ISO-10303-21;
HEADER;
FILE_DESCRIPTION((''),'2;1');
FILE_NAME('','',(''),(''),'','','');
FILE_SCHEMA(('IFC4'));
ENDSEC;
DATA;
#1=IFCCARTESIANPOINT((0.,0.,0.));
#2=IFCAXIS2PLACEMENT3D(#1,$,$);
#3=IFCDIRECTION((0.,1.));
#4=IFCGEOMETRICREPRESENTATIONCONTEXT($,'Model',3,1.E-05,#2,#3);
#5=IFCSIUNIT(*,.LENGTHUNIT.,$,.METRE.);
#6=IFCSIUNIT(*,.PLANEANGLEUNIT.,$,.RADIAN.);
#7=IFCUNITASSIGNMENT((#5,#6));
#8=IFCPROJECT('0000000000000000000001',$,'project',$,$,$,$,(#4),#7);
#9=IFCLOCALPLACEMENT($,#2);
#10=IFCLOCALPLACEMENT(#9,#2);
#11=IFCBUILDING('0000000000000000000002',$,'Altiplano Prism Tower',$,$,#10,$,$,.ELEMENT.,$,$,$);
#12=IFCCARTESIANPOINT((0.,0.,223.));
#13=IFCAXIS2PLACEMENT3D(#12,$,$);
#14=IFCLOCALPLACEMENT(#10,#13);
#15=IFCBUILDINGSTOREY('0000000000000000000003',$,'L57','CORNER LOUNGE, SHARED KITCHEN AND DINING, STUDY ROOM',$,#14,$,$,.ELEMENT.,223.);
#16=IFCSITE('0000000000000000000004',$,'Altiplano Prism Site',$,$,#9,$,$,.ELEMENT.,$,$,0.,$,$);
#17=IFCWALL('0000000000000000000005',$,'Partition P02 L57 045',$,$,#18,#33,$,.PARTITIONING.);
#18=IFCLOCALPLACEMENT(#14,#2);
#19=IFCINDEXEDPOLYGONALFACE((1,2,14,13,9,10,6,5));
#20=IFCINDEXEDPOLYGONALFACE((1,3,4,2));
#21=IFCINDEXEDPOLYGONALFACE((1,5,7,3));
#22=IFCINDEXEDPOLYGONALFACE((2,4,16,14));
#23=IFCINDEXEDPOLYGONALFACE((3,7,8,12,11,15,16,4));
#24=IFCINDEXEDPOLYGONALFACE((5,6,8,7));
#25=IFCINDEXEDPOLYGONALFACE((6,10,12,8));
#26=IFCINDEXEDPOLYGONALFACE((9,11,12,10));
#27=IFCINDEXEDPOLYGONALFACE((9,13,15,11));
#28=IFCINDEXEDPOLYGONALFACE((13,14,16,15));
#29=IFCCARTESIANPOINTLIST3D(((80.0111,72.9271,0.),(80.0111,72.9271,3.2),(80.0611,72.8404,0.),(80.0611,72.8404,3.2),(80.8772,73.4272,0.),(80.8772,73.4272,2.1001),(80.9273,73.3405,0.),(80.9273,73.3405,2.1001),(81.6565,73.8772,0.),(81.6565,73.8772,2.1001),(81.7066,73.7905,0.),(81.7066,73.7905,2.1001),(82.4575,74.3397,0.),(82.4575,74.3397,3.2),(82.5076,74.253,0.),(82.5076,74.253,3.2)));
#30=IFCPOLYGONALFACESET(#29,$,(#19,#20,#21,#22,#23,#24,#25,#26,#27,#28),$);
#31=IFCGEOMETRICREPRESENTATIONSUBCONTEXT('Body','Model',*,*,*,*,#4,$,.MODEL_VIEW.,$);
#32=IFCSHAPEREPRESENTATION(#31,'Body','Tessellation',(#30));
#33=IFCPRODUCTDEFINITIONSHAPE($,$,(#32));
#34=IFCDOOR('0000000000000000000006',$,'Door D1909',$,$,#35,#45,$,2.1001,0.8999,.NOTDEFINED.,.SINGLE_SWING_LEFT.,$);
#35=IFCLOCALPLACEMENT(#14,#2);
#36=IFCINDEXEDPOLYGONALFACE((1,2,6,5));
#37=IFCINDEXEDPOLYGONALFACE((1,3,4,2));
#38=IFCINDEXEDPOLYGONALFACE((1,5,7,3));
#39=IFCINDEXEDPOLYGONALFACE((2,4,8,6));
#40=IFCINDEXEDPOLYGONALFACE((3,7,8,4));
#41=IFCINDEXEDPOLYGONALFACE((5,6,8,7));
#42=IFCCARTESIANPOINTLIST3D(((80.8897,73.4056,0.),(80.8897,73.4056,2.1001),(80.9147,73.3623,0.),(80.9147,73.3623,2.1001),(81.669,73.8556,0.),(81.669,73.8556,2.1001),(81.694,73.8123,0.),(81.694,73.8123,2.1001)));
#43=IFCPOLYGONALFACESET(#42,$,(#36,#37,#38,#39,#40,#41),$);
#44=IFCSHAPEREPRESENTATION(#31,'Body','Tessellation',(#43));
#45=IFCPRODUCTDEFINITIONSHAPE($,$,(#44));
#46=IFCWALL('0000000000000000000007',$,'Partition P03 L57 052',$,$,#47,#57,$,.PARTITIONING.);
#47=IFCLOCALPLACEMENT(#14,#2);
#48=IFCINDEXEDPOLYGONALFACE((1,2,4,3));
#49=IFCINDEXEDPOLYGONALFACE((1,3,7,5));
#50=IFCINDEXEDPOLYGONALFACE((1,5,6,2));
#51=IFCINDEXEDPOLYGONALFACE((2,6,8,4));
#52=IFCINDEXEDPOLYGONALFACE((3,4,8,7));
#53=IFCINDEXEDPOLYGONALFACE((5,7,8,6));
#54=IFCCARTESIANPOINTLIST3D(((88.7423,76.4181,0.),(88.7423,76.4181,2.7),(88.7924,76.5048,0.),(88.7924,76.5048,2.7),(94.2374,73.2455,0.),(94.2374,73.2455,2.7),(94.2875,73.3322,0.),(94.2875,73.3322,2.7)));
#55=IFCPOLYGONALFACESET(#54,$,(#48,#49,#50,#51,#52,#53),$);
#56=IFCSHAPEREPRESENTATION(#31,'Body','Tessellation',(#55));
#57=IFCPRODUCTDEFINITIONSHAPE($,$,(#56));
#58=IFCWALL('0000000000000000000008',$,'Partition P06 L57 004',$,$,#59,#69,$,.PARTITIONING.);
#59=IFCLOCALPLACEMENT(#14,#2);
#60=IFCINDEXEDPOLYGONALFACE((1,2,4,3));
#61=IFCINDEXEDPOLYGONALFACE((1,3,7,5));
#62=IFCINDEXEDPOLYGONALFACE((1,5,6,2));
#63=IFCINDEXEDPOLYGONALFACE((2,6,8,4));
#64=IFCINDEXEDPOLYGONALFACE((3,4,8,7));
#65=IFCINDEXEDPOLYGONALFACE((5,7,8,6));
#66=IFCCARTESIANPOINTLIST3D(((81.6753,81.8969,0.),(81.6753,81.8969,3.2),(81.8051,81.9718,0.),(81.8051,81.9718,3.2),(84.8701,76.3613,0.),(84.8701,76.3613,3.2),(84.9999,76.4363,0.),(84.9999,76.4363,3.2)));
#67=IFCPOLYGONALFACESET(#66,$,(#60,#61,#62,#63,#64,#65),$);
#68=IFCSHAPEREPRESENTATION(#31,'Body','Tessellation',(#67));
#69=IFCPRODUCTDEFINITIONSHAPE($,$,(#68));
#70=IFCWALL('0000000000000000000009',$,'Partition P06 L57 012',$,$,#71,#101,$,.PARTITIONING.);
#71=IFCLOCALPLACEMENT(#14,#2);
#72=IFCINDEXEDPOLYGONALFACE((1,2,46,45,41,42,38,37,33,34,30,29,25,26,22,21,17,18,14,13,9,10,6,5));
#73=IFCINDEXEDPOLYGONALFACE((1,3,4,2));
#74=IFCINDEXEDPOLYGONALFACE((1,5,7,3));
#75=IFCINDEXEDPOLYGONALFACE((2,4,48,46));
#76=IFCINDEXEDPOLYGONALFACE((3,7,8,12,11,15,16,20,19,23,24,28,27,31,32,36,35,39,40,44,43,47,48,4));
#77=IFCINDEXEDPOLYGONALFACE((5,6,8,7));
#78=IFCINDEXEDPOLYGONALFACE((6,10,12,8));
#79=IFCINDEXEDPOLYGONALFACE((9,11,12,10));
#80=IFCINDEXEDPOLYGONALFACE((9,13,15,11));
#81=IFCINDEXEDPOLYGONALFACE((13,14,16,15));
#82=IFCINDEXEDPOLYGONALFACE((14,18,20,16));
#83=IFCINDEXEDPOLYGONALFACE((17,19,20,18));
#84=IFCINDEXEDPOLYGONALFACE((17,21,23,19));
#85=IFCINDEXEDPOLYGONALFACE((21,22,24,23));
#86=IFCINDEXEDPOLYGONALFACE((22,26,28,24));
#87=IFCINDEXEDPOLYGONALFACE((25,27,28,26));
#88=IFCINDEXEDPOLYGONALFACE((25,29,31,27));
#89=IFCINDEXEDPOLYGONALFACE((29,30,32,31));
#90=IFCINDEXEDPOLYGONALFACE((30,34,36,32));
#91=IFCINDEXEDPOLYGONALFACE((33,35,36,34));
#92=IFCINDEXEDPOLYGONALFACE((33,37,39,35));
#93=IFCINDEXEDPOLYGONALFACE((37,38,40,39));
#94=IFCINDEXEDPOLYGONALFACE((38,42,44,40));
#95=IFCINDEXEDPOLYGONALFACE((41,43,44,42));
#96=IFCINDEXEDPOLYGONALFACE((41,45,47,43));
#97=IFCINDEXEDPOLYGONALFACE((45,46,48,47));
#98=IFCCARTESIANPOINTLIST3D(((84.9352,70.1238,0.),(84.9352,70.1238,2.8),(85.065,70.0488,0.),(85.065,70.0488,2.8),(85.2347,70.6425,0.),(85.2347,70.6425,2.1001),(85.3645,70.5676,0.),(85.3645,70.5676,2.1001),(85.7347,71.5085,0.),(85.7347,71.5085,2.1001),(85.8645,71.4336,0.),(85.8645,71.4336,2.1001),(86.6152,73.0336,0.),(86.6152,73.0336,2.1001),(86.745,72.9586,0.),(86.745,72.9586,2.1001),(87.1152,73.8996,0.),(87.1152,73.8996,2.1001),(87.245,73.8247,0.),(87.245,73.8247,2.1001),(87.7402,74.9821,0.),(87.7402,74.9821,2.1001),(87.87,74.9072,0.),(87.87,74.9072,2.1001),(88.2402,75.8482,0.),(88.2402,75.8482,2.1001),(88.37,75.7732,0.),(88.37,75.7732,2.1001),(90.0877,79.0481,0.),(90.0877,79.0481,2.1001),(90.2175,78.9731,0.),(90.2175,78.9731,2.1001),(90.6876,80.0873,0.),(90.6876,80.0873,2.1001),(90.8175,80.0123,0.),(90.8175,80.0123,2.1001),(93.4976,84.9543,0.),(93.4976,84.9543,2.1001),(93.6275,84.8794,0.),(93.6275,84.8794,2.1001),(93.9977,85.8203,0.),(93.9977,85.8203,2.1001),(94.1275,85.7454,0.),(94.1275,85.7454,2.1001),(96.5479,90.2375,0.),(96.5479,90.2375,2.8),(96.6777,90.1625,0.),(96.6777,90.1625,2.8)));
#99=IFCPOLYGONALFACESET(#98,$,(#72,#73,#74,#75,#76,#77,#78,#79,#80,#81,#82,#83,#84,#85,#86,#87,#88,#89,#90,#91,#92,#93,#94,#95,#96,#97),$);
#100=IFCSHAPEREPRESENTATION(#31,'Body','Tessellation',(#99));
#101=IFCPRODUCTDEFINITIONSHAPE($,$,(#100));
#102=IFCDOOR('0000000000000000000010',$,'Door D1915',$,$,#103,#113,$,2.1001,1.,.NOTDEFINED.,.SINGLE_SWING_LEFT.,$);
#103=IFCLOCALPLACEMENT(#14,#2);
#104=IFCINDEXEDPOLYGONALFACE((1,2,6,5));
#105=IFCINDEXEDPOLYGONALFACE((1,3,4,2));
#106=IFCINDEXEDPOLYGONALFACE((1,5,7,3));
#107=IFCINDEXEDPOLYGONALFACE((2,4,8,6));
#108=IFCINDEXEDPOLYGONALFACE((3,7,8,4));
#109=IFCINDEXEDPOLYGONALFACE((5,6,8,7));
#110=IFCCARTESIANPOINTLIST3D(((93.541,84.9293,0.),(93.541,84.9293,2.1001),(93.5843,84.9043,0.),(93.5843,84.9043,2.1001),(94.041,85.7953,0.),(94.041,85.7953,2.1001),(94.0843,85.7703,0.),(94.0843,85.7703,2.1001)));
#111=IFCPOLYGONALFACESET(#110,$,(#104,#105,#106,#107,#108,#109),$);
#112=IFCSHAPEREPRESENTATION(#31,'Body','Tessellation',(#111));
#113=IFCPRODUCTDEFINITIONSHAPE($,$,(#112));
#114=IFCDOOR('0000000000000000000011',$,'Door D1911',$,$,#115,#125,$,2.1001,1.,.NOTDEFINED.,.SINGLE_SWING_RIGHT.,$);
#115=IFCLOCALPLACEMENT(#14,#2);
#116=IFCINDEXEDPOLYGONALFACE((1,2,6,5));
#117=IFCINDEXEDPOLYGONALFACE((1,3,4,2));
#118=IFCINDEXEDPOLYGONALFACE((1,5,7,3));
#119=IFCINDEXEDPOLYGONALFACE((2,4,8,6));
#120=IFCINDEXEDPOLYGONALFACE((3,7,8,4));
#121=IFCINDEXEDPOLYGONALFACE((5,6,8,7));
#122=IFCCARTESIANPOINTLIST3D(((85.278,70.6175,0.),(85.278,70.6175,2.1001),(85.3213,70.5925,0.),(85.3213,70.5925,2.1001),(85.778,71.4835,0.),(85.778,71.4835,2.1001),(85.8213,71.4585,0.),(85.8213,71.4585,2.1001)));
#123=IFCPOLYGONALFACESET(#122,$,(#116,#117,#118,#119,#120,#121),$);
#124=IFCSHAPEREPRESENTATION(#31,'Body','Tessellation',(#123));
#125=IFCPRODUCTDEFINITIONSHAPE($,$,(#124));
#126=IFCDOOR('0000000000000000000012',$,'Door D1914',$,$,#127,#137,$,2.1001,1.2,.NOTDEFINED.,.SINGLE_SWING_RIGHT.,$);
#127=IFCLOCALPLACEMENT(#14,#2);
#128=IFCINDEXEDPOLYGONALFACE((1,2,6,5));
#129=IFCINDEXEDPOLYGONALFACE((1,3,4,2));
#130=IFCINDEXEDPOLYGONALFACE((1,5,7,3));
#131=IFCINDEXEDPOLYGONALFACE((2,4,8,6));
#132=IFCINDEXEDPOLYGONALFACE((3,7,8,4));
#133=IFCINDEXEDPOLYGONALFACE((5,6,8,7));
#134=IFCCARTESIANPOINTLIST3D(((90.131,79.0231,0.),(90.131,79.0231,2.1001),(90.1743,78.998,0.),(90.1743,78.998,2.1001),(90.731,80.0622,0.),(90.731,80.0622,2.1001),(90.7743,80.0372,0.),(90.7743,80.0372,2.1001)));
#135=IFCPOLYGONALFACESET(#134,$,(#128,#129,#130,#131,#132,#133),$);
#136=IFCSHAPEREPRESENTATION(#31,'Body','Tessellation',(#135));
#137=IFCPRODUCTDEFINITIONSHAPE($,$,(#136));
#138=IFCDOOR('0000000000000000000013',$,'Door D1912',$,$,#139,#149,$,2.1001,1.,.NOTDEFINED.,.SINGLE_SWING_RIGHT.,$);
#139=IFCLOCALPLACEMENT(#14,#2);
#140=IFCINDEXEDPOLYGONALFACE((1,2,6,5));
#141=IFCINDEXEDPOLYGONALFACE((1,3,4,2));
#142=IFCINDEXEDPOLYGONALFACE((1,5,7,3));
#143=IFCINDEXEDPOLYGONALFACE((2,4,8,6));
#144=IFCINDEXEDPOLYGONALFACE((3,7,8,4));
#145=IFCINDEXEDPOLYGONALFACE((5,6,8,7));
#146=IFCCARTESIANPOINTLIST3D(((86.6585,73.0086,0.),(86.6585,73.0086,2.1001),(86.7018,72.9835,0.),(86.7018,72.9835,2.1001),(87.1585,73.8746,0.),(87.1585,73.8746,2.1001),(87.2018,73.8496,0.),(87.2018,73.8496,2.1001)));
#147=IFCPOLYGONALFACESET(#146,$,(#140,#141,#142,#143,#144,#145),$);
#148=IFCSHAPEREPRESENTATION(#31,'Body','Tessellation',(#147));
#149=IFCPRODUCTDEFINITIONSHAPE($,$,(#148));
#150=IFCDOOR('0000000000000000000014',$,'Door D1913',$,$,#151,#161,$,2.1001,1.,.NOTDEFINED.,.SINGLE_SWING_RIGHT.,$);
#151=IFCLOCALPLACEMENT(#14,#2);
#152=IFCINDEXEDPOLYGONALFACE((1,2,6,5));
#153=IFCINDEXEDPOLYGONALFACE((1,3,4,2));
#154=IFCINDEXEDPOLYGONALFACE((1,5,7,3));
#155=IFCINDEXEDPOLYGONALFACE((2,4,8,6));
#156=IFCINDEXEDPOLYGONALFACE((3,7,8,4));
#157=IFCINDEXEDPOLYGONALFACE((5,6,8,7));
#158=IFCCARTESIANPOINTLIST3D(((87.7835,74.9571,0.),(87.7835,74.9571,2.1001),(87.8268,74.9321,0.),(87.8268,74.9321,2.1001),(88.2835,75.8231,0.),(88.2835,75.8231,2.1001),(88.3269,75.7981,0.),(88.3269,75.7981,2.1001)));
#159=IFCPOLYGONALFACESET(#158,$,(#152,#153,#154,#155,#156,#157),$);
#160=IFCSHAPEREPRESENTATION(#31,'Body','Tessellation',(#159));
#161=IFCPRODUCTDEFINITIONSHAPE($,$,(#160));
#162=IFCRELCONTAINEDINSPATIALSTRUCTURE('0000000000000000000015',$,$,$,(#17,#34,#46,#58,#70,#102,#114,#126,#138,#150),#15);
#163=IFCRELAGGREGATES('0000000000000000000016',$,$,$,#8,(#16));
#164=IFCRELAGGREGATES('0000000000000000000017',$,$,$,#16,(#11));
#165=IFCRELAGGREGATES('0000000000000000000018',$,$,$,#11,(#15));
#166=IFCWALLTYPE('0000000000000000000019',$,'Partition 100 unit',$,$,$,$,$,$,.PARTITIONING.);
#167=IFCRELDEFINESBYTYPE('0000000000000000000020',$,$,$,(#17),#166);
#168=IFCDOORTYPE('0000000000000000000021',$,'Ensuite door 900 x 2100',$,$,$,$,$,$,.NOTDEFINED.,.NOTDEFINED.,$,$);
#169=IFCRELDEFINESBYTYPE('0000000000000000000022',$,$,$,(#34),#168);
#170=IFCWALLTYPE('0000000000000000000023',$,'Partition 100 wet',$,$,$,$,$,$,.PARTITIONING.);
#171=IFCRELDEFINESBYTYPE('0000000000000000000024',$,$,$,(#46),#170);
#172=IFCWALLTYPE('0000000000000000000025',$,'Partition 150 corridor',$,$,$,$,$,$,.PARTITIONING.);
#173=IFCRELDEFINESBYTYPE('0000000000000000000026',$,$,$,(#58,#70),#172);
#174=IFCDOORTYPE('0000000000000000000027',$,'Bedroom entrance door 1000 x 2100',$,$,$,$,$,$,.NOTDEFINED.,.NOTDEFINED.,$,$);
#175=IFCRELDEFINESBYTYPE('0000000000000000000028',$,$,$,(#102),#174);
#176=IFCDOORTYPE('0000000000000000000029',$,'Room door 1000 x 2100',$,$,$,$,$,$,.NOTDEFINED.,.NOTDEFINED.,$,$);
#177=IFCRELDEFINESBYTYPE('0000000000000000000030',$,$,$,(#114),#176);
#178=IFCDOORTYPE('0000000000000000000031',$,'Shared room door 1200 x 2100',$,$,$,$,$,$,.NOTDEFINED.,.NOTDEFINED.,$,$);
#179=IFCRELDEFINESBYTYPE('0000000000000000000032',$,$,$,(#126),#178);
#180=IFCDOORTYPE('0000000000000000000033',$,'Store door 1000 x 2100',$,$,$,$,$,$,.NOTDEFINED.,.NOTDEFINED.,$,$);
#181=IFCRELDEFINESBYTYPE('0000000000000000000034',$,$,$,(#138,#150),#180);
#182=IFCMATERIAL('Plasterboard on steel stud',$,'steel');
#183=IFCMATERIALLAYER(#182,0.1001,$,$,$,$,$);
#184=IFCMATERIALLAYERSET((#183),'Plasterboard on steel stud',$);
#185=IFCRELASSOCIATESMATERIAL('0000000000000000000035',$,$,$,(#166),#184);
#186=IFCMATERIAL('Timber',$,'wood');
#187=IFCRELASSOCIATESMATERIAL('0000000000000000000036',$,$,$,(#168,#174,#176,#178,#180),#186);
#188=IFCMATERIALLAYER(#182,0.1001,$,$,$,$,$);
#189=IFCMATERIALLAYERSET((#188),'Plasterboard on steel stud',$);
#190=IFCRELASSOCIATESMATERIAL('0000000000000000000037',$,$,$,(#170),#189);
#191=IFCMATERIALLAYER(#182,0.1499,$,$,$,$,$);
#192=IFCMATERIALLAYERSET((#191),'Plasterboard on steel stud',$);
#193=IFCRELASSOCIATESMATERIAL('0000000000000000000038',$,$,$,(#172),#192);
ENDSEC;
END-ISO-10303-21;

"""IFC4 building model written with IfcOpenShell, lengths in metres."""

from ifc_helpers import new_model, si_unit, direction, frame, frame_2d, origin, place, context, subcontext, project, spatial, rectangle, extrude, material, layer, layer_set, type_object, element, fill, save


model = new_model("IFC4")

# Units and contexts
model_context = context("Model", 3, precision=1e-05, world=origin(), true_north=direction((0.0, 1.0)))
body_context = subcontext(model_context, "Body", "Model", "MODEL_VIEW")
ifc_project = project(units=[si_unit("LENGTHUNIT", "METRE"), si_unit("PLANEANGLEUNIT", "RADIAN")], contexts=[model_context])

# Site, building, storey
site_placement = place(None, origin())
site = spatial("IfcSite", under=ifc_project, at=site_placement, Name="Altiplano Prism Site", CompositionType="ELEMENT", RefElevation=0.0)
building_placement = place(site_placement, origin())
building = spatial("IfcBuilding", under=site, at=building_placement, Name="Altiplano Prism Tower", CompositionType="ELEMENT")
storey_placement = place(building_placement, frame((0.0, 0.0, 223.0)))
storey = spatial("IfcBuildingStorey", under=building, at=storey_placement, Name="L57", Description="CORNER LOUNGE, SHARED KITCHEN AND DINING, STUDY ROOM", CompositionType="ELEMENT", Elevation=223.0)

# Wall, opening, door
ifc_material_1 = material(Name="Plasterboard on steel stud", Category="steel")
ifc_layer_1 = layer(ifc_material_1, 0.1001)
ifc_layer_set_1 = layer_set([ifc_layer_1], Name="Plasterboard on steel stud")
wall_type_1 = type_object("IfcWallType", Name="Partition 100 unit", PredefinedType="PARTITIONING", material=ifc_layer_set_1)
ifc_material_2 = material(Name="Timber", Category="wood")
door_type_1 = type_object("IfcDoorType", Name="Ensuite door 900 x 2100", OperationType="NOTDEFINED", PredefinedType="NOTDEFINED", material=ifc_material_2)
wall_1_placement = place(storey_placement, frame((82.4827, 74.2964, 0.0), z_axis=(0.0, 0.0, 1.0), x_axis=(-0.866011, -0.500024, 0.0)))
wall_1 = element("IfcWall", 1, at=wall_1_placement, inside=storey, type_object=wall_type_1, Name="Partition P02 L57 045", PredefinedType="PARTITIONING", context=body_context, shape_type="SweptSolid", body=[
    extrude(rectangle(XDim=2.825, YDim=0.1001, at=frame_2d((1.4126, 0.0))), origin(), (0.0, 0.0, 1.0), 3.2),
])
opening_1_placement = place(wall_1_placement, frame((0.925, 0.0, 0.0)))
opening_1 = element("IfcOpeningElement", 2, at=opening_1_placement, cuts=wall_1, PredefinedType="OPENING", context=body_context, shape_type="SweptSolid", body=[
    extrude(rectangle(XDim=0.8999, YDim=2.1001, at=frame_2d((0.45, 1.05))), frame((0.0, 0.0605, 0.0), z_axis=(0.0, -1.0, 0.0), x_axis=(1.0, 0.0, 0.0)), (0.0, 0.0, 1.0), 0.1211),
])
door_1_placement = place(opening_1_placement, origin())
door_1 = element("IfcDoor", 3, at=door_1_placement, inside=storey, type_object=door_type_1, Name="Door D1909", OperationType="SINGLE_SWING_LEFT", OverallHeight=2.1001, OverallWidth=0.8999, PredefinedType="NOTDEFINED", context=body_context, shape_type="SweptSolid", body=[
    extrude(rectangle(XDim=0.8999, YDim=2.1001, at=frame_2d((0.45, 1.05))), frame((0.0, 0.0249, 0.0), z_axis=(0.0, -1.0, 0.0), x_axis=(1.0, 0.0, 0.0)), (0.0, 0.0, 1.0), 0.05),
])
fill(opening_1, door_1)

# Walls
ifc_layer_2 = layer(ifc_material_1, 0.1001)
ifc_layer_set_2 = layer_set([ifc_layer_2], Name="Plasterboard on steel stud")
wall_type_2 = type_object("IfcWallType", Name="Partition 100 wet", PredefinedType="PARTITIONING", material=ifc_layer_set_2)
wall_2_placement = place(storey_placement, frame((94.2625, 73.2888, 0.0), z_axis=(0.0, 0.0, 1.0), x_axis=(-0.866025, 0.5, 0.0)))
element("IfcWall", 4, at=wall_2_placement, inside=storey, type_object=wall_type_2, Name="Partition P03 L57 052", PredefinedType="PARTITIONING", context=body_context, shape_type="SweptSolid", body=[
    extrude(rectangle(XDim=6.3452, YDim=0.1001, at=frame_2d((3.1726, 0.0))), origin(), (0.0, 0.0, 1.0), 2.7),
])
ifc_layer_3 = layer(ifc_material_1, 0.1499)
ifc_layer_set_3 = layer_set([ifc_layer_3], Name="Plasterboard on steel stud")
wall_type_3 = type_object("IfcWallType", Name="Partition 150 corridor", PredefinedType="PARTITIONING", material=ifc_layer_set_3)
wall_3_placement = place(storey_placement, frame((84.9351, 76.3987, 0.0), z_axis=(0.0, 0.0, 1.0), x_axis=(-0.499861, 0.866105, 0.0)))
element("IfcWall", 5, at=wall_3_placement, inside=storey, type_object=wall_type_3, Name="Partition P06 L57 004", PredefinedType="PARTITIONING", context=body_context, shape_type="SweptSolid", body=[
    extrude(rectangle(XDim=6.3914, YDim=0.1499, at=frame_2d((3.1958, 0.0))), origin(), (0.0, 0.0, 1.0), 3.2),
])

# Wall, openings, doors
wall_4_placement = place(storey_placement, frame((85.0, 70.0862, 0.0), z_axis=(0.0, 0.0, 1.0), x_axis=(0.500003, 0.866023, 0.0)))
wall_4 = element("IfcWall", 6, at=wall_4_placement, inside=storey, type_object=wall_type_3, Name="Partition P06 L57 012", PredefinedType="PARTITIONING", context=body_context, shape_type="SweptSolid", body=[
    extrude(rectangle(XDim=23.2253, YDim=0.1499, at=frame_2d((11.6128, 0.0))), origin(), (0.0, 0.0, 1.0), 2.8),
])
opening_2_placement = place(wall_4_placement, frame((0.5991, 0.0, 0.0)))
opening_2 = element("IfcOpeningElement", 7, at=opening_2_placement, cuts=wall_4, PredefinedType="OPENING", context=body_context, shape_type="SweptSolid", body=[
    extrude(rectangle(XDim=1.0, YDim=2.1001, at=frame_2d((0.5, 1.05))), frame((0.0, 0.0854, 0.0), z_axis=(0.0, -1.0, 0.0), x_axis=(1.0, 0.0, 0.0)), (0.0, 0.0, 1.0), 0.1709),
])
opening_3_placement = place(wall_4_placement, frame((3.3601, 0.0, 0.0)))
opening_3 = element("IfcOpeningElement", 8, at=opening_3_placement, cuts=wall_4, PredefinedType="OPENING", context=body_context, shape_type="SweptSolid", body=[
    extrude(rectangle(XDim=1.0, YDim=2.1001, at=frame_2d((0.5, 1.05))), frame((0.0, 0.0854, 0.0), z_axis=(0.0, -1.0, 0.0), x_axis=(1.0, 0.0, 0.0)), (0.0, 0.0, 1.0), 0.1709),
])
opening_4_placement = place(wall_4_placement, frame((5.6101, 0.0, 0.0)))
opening_4 = element("IfcOpeningElement", 9, at=opening_4_placement, cuts=wall_4, PredefinedType="OPENING", context=body_context, shape_type="SweptSolid", body=[
    extrude(rectangle(XDim=1.0, YDim=2.1001, at=frame_2d((0.5, 1.05))), frame((0.0, 0.0854, 0.0), z_axis=(0.0, -1.0, 0.0), x_axis=(1.0, 0.0, 0.0)), (0.0, 0.0, 1.0), 0.1709),
])
opening_5_placement = place(wall_4_placement, frame((10.3049, 0.0, 0.0)))
opening_5 = element("IfcOpeningElement", 10, at=opening_5_placement, cuts=wall_4, PredefinedType="OPENING", context=body_context, shape_type="SweptSolid", body=[
    extrude(rectangle(XDim=1.2, YDim=2.1001, at=frame_2d((0.6001, 1.05))), frame((0.0, 0.0854, 0.0), z_axis=(0.0, -1.0, 0.0), x_axis=(1.0, 0.0, 0.0)), (0.0, 0.0, 1.0), 0.1709),
])
opening_6_placement = place(wall_4_placement, frame((17.125, 0.0, 0.0)))
opening_6 = element("IfcOpeningElement", 11, at=opening_6_placement, cuts=wall_4, PredefinedType="OPENING", context=body_context, shape_type="SweptSolid", body=[
    extrude(rectangle(XDim=1.0, YDim=2.1001, at=frame_2d((0.5, 1.05))), frame((0.0, 0.0854, 0.0), z_axis=(0.0, -1.0, 0.0), x_axis=(1.0, 0.0, 0.0)), (0.0, 0.0, 1.0), 0.1709),
])
door_type_2 = type_object("IfcDoorType", Name="Bedroom entrance door 1000 x 2100", OperationType="NOTDEFINED", PredefinedType="NOTDEFINED", material=ifc_material_2)
door_2_placement = place(opening_6_placement, origin())
door_2 = element("IfcDoor", 12, at=door_2_placement, inside=storey, type_object=door_type_2, Name="Door D1915", OperationType="SINGLE_SWING_LEFT", OverallHeight=2.1001, OverallWidth=1.0, PredefinedType="NOTDEFINED", context=body_context, shape_type="SweptSolid", body=[
    extrude(rectangle(XDim=1.0, YDim=2.1001, at=frame_2d((0.5, 1.05))), frame((0.0, 0.0249, 0.0), z_axis=(0.0, -1.0, 0.0), x_axis=(1.0, 0.0, 0.0)), (0.0, 0.0, 1.0), 0.05),
])
fill(opening_6, door_2)
door_type_3 = type_object("IfcDoorType", Name="Room door 1000 x 2100", OperationType="NOTDEFINED", PredefinedType="NOTDEFINED", material=ifc_material_2)
door_3_placement = place(opening_2_placement, origin())
door_3 = element("IfcDoor", 13, at=door_3_placement, inside=storey, type_object=door_type_3, Name="Door D1911", OperationType="SINGLE_SWING_RIGHT", OverallHeight=2.1001, OverallWidth=1.0, PredefinedType="NOTDEFINED", context=body_context, shape_type="SweptSolid", body=[
    extrude(rectangle(XDim=1.0, YDim=2.1001, at=frame_2d((0.5, 1.05))), frame((0.0, 0.0249, 0.0), z_axis=(0.0, -1.0, 0.0), x_axis=(1.0, 0.0, 0.0)), (0.0, 0.0, 1.0), 0.05),
])
fill(opening_2, door_3)
door_type_4 = type_object("IfcDoorType", Name="Shared room door 1200 x 2100", OperationType="NOTDEFINED", PredefinedType="NOTDEFINED", material=ifc_material_2)
door_4_placement = place(opening_5_placement, origin())
door_4 = element("IfcDoor", 14, at=door_4_placement, inside=storey, type_object=door_type_4, Name="Door D1914", OperationType="SINGLE_SWING_RIGHT", OverallHeight=2.1001, OverallWidth=1.2, PredefinedType="NOTDEFINED", context=body_context, shape_type="SweptSolid", body=[
    extrude(rectangle(XDim=1.2, YDim=2.1001, at=frame_2d((0.6001, 1.05))), frame((0.0, 0.0249, 0.0), z_axis=(0.0, -1.0, 0.0), x_axis=(1.0, 0.0, 0.0)), (0.0, 0.0, 1.0), 0.05),
])
fill(opening_5, door_4)
door_type_5 = type_object("IfcDoorType", Name="Store door 1000 x 2100", OperationType="NOTDEFINED", PredefinedType="NOTDEFINED", material=ifc_material_2)
door_5_placement = place(opening_3_placement, origin())
door_5 = element("IfcDoor", 15, at=door_5_placement, inside=storey, type_object=door_type_5, Name="Door D1912", OperationType="SINGLE_SWING_RIGHT", OverallHeight=2.1001, OverallWidth=1.0, PredefinedType="NOTDEFINED", context=body_context, shape_type="SweptSolid", body=[
    extrude(rectangle(XDim=1.0, YDim=2.1001, at=frame_2d((0.5, 1.05))), frame((0.0, 0.0249, 0.0), z_axis=(0.0, -1.0, 0.0), x_axis=(1.0, 0.0, 0.0)), (0.0, 0.0, 1.0), 0.05),
])
fill(opening_3, door_5)
door_6_placement = place(opening_4_placement, origin())
door_6 = element("IfcDoor", 16, at=door_6_placement, inside=storey, type_object=door_type_5, Name="Door D1913", OperationType="SINGLE_SWING_RIGHT", OverallHeight=2.1001, OverallWidth=1.0, PredefinedType="NOTDEFINED", context=body_context, shape_type="SweptSolid", body=[
    extrude(rectangle(XDim=1.0, YDim=2.1001, at=frame_2d((0.5, 1.05))), frame((0.0, 0.0249, 0.0), z_axis=(0.0, -1.0, 0.0), x_axis=(1.0, 0.0, 0.0)), (0.0, 0.0, 1.0), 0.05),
])
fill(opening_4, door_6)

save(model, "model.ifc")
